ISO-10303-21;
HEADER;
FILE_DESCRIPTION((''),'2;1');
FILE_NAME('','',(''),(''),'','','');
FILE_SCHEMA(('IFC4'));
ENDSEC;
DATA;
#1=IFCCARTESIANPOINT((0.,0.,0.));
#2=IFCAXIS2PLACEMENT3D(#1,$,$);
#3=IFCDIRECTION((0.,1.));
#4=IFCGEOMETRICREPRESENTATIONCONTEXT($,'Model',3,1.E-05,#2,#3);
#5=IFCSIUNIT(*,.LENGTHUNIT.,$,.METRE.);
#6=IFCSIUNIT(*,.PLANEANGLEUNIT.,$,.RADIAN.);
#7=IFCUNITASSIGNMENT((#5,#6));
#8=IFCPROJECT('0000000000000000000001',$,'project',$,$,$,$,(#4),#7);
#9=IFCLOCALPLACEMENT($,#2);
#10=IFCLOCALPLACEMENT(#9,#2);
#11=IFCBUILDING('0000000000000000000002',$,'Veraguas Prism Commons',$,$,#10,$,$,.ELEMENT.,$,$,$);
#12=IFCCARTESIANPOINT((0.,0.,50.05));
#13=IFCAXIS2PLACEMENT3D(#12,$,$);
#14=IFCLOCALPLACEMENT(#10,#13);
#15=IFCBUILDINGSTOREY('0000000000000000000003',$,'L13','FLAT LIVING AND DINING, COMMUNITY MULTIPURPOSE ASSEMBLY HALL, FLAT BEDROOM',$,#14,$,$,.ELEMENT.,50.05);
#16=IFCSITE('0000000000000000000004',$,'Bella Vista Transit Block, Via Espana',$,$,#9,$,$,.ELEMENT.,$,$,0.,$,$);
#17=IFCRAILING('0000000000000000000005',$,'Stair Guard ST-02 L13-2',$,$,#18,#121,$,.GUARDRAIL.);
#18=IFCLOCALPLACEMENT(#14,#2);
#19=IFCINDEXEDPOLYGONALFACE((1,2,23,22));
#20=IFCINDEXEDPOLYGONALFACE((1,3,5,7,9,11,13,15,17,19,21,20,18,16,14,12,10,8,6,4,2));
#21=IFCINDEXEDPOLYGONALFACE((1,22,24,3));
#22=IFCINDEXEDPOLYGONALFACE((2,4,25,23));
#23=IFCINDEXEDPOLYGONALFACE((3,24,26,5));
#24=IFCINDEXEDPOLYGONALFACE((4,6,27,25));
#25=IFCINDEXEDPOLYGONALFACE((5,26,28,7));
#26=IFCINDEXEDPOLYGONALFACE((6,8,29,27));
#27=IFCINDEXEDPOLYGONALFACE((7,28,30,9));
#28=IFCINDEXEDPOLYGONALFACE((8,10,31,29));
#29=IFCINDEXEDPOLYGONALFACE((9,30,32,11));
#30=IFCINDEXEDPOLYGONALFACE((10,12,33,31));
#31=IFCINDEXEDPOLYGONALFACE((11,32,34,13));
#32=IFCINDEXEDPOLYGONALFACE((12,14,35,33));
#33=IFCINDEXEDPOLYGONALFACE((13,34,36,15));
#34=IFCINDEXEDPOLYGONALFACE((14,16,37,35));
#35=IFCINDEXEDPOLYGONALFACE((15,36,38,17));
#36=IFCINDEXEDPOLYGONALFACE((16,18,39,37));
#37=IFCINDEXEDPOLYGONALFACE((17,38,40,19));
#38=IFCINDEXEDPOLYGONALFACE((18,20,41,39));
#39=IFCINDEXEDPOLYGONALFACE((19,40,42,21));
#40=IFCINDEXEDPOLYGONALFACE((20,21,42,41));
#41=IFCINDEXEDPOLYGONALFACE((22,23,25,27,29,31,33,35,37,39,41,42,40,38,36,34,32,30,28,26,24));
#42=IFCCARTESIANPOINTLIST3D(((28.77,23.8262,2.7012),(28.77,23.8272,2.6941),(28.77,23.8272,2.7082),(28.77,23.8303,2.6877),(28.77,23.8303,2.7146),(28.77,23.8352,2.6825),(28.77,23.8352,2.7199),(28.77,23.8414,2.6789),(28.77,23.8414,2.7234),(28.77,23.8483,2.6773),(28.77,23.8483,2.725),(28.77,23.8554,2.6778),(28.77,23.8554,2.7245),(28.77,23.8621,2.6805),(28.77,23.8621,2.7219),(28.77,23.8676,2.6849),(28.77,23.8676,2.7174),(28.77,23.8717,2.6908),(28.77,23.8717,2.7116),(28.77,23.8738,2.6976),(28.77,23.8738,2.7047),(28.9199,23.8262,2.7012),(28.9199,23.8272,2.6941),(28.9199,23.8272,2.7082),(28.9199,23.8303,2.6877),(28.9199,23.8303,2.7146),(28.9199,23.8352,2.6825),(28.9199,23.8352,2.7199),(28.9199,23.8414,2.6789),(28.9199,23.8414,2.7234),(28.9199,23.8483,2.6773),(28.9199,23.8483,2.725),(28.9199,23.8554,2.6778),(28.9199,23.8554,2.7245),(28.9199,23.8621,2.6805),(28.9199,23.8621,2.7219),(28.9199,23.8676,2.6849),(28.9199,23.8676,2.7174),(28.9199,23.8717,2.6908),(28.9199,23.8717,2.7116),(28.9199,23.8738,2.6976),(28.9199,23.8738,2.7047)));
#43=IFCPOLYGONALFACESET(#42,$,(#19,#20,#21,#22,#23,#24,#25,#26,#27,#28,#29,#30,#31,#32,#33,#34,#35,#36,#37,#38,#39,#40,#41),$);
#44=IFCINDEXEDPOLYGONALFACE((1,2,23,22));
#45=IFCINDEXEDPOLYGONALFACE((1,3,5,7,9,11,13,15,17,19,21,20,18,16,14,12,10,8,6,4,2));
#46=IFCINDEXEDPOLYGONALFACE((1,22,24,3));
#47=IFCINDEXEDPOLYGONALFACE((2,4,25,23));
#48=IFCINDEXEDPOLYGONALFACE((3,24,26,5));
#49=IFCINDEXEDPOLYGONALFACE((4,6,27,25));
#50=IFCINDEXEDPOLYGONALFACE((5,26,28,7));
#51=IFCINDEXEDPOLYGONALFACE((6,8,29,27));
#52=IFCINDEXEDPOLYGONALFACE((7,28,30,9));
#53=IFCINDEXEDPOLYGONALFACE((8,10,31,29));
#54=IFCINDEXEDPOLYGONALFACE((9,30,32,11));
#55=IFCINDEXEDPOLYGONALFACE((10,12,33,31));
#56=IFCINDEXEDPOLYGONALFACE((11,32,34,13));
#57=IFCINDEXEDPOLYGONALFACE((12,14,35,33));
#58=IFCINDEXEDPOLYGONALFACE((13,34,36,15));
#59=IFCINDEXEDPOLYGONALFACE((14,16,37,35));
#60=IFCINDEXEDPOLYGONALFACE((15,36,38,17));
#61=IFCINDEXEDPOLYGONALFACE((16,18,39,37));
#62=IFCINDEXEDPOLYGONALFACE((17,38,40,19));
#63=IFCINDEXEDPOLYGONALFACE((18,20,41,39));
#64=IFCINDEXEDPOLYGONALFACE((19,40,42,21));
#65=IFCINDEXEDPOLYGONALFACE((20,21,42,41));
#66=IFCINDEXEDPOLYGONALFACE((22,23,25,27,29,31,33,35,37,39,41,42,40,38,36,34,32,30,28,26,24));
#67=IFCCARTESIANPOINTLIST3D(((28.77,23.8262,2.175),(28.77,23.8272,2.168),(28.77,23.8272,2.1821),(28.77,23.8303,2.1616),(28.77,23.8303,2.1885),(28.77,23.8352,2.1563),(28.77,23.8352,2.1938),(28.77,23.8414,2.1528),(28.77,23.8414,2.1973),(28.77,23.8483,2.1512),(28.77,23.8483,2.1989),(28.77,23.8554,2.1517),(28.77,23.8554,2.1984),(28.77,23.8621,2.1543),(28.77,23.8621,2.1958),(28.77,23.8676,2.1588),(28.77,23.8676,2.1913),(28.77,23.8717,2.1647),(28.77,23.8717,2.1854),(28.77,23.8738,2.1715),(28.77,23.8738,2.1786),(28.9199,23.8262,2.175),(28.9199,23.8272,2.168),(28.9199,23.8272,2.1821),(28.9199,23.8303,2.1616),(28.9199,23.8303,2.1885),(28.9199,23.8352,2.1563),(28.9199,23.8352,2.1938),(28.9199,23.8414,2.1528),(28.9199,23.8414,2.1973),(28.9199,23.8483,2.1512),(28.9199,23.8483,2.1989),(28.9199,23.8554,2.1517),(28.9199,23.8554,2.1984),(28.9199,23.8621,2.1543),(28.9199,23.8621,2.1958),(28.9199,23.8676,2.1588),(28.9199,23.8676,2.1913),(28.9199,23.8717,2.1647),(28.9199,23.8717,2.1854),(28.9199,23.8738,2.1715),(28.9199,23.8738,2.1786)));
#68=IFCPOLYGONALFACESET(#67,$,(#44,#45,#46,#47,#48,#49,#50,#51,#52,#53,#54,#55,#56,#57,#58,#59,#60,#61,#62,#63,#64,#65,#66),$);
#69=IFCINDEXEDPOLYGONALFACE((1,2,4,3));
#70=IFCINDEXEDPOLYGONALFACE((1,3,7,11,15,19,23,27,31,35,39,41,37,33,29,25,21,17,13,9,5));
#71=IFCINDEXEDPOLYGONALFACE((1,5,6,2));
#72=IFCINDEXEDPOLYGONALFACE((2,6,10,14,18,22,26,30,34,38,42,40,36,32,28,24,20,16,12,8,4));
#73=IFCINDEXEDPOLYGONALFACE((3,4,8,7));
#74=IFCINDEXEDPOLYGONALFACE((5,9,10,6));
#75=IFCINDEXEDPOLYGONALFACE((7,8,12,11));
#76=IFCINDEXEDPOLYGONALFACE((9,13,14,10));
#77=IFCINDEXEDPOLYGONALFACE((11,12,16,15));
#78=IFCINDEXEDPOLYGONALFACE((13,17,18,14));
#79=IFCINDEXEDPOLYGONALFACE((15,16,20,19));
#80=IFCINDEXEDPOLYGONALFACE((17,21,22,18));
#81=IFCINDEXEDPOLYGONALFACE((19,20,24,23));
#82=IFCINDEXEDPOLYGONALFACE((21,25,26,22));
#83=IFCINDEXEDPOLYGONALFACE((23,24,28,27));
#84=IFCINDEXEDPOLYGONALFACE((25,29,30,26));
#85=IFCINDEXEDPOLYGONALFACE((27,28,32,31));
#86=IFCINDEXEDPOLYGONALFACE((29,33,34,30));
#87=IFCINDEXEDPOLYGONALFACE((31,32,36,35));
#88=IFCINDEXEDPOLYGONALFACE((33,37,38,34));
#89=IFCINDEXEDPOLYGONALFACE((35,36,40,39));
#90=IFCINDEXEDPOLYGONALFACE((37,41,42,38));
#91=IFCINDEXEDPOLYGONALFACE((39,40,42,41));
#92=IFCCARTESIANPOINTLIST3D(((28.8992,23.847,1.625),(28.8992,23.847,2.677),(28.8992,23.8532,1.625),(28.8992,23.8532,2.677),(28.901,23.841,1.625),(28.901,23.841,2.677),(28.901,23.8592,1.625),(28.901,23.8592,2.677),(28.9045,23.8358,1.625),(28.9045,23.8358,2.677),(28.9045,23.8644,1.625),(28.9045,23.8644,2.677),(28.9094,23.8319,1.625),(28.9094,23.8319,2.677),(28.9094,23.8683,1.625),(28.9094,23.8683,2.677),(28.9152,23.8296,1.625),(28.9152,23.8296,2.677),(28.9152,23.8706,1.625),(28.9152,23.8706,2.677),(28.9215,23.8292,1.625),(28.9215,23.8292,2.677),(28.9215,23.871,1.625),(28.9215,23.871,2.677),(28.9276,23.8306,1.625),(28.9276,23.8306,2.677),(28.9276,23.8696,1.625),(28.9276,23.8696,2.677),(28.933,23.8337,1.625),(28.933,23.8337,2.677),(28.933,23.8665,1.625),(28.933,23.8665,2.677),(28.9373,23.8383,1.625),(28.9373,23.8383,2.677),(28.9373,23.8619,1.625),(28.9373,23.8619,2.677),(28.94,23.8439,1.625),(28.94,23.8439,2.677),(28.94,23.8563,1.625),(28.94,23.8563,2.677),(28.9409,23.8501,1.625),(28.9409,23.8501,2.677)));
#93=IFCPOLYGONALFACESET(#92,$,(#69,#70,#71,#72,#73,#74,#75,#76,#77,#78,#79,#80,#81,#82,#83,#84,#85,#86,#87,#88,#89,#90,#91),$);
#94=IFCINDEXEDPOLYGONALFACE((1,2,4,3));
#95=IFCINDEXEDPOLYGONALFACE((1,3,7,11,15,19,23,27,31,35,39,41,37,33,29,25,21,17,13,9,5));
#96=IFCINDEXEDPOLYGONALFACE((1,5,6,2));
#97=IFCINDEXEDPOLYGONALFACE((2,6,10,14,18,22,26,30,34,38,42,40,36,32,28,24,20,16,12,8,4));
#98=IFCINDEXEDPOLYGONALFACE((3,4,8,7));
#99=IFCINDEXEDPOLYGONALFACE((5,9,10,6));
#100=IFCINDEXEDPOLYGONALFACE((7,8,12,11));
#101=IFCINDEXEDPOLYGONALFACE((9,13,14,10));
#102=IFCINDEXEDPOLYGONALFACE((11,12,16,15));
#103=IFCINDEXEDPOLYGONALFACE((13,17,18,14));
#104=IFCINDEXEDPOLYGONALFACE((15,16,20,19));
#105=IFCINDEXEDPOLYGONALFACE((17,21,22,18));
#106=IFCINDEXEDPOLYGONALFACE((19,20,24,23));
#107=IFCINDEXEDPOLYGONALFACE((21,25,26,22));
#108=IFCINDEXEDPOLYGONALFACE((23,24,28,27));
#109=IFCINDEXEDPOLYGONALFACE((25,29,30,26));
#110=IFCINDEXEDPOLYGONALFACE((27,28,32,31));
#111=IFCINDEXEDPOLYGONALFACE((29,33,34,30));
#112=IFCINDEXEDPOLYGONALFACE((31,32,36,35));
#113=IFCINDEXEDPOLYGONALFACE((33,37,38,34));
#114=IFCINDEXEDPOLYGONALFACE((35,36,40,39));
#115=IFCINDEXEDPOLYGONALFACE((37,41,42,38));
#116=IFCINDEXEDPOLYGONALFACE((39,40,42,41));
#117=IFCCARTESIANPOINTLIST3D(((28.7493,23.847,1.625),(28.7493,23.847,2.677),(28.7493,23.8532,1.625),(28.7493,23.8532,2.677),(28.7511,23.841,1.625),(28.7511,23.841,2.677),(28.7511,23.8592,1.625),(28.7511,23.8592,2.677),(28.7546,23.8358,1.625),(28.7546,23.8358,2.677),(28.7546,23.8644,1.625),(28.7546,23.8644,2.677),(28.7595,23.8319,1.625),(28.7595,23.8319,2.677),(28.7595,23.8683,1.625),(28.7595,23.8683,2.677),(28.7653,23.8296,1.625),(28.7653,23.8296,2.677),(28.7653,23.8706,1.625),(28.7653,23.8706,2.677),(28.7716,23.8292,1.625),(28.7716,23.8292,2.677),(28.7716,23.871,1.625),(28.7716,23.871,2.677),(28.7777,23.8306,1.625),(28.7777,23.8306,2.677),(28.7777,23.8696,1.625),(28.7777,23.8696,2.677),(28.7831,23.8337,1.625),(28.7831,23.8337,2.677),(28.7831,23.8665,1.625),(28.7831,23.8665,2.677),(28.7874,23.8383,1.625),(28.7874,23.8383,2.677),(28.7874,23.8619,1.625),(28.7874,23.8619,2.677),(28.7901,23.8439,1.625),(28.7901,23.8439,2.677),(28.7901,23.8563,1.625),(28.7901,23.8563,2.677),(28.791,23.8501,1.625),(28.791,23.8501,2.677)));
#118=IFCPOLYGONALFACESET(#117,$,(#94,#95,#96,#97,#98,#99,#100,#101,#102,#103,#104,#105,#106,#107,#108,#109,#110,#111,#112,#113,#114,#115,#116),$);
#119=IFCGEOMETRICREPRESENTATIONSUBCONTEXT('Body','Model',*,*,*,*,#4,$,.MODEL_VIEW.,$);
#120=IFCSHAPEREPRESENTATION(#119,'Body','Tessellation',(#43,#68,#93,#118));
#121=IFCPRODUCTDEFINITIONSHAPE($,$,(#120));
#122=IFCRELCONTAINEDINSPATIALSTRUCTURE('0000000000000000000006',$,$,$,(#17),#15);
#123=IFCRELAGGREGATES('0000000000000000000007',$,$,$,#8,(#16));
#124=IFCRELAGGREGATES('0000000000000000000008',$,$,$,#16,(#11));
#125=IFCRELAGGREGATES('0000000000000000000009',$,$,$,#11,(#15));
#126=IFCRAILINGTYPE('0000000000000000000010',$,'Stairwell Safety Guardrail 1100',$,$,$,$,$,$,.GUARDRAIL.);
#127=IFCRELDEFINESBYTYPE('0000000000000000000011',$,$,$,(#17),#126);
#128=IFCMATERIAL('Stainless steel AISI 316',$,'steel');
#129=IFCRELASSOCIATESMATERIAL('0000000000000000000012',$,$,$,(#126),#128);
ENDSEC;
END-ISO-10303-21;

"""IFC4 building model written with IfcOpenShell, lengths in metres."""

from ifc_helpers import new_model, si_unit, direction, frame, origin, origin_2d, place, context, subcontext, project, spatial, circle, extrude, material, type_object, element, save


model = new_model("IFC4")

# Units and contexts
model_context = context("Model", 3, precision=1e-05, world=origin(), true_north=direction((0.0, 1.0)))
body_context = subcontext(model_context, "Body", "Model", "MODEL_VIEW")
ifc_project = project(units=[si_unit("LENGTHUNIT", "METRE"), si_unit("PLANEANGLEUNIT", "RADIAN")], contexts=[model_context])

# Site, building, storey
site_placement = place(None, origin())
site = spatial("IfcSite", under=ifc_project, at=site_placement, Name="Bella Vista Transit Block, Via Espana", CompositionType="ELEMENT", RefElevation=0.0)
building_placement = place(site_placement, origin())
building = spatial("IfcBuilding", under=site, at=building_placement, Name="Veraguas Prism Commons", CompositionType="ELEMENT")
storey_placement = place(building_placement, frame((0.0, 0.0, 50.05)))
storey = spatial("IfcBuildingStorey", under=building, at=storey_placement, Name="L13", Description="FLAT LIVING AND DINING, COMMUNITY MULTIPURPOSE ASSEMBLY HALL, FLAT BEDROOM", CompositionType="ELEMENT", Elevation=50.05)

# Railing
ifc_material_1 = material(Name="Stainless steel AISI 316", Category="steel")
railing_type_1 = type_object("IfcRailingType", Name="Stairwell Safety Guardrail 1100", PredefinedType="GUARDRAIL", material=ifc_material_1)
railing_1_placement = place(storey_placement, frame((28.9199, 23.8501, 1.625)))
element("IfcRailing", 1, at=railing_1_placement, inside=storey, type_object=railing_type_1, Name="Stair Guard ST-02 L13-2", PredefinedType="GUARDRAIL", context=body_context, shape_type="SweptSolid", body=[
    extrude(circle(Radius=0.0239, at=origin_2d()), frame((0.0, 0.0, 1.0762), z_axis=(-1.0, 0.0, 0.0), x_axis=(0.0, -1.0, 0.0)), (0.0, 0.0, 1.0), 0.1499),
    extrude(circle(Radius=0.0239, at=origin_2d()), frame((0.0, 0.0, 0.55), z_axis=(-1.0, 0.0, 0.0), x_axis=(0.0, -1.0, 0.0)), (0.0, 0.0, 1.0), 0.1499),
    extrude(circle(Radius=0.021, at=origin_2d()), origin(), (0.0, 0.0, 1.0), 1.052),
    extrude(circle(Radius=0.021, at=origin_2d()), frame((-0.1499, 0.0, 0.0)), (0.0, 0.0, 1.0), 1.052),
])

save(model, "model.ifc")
